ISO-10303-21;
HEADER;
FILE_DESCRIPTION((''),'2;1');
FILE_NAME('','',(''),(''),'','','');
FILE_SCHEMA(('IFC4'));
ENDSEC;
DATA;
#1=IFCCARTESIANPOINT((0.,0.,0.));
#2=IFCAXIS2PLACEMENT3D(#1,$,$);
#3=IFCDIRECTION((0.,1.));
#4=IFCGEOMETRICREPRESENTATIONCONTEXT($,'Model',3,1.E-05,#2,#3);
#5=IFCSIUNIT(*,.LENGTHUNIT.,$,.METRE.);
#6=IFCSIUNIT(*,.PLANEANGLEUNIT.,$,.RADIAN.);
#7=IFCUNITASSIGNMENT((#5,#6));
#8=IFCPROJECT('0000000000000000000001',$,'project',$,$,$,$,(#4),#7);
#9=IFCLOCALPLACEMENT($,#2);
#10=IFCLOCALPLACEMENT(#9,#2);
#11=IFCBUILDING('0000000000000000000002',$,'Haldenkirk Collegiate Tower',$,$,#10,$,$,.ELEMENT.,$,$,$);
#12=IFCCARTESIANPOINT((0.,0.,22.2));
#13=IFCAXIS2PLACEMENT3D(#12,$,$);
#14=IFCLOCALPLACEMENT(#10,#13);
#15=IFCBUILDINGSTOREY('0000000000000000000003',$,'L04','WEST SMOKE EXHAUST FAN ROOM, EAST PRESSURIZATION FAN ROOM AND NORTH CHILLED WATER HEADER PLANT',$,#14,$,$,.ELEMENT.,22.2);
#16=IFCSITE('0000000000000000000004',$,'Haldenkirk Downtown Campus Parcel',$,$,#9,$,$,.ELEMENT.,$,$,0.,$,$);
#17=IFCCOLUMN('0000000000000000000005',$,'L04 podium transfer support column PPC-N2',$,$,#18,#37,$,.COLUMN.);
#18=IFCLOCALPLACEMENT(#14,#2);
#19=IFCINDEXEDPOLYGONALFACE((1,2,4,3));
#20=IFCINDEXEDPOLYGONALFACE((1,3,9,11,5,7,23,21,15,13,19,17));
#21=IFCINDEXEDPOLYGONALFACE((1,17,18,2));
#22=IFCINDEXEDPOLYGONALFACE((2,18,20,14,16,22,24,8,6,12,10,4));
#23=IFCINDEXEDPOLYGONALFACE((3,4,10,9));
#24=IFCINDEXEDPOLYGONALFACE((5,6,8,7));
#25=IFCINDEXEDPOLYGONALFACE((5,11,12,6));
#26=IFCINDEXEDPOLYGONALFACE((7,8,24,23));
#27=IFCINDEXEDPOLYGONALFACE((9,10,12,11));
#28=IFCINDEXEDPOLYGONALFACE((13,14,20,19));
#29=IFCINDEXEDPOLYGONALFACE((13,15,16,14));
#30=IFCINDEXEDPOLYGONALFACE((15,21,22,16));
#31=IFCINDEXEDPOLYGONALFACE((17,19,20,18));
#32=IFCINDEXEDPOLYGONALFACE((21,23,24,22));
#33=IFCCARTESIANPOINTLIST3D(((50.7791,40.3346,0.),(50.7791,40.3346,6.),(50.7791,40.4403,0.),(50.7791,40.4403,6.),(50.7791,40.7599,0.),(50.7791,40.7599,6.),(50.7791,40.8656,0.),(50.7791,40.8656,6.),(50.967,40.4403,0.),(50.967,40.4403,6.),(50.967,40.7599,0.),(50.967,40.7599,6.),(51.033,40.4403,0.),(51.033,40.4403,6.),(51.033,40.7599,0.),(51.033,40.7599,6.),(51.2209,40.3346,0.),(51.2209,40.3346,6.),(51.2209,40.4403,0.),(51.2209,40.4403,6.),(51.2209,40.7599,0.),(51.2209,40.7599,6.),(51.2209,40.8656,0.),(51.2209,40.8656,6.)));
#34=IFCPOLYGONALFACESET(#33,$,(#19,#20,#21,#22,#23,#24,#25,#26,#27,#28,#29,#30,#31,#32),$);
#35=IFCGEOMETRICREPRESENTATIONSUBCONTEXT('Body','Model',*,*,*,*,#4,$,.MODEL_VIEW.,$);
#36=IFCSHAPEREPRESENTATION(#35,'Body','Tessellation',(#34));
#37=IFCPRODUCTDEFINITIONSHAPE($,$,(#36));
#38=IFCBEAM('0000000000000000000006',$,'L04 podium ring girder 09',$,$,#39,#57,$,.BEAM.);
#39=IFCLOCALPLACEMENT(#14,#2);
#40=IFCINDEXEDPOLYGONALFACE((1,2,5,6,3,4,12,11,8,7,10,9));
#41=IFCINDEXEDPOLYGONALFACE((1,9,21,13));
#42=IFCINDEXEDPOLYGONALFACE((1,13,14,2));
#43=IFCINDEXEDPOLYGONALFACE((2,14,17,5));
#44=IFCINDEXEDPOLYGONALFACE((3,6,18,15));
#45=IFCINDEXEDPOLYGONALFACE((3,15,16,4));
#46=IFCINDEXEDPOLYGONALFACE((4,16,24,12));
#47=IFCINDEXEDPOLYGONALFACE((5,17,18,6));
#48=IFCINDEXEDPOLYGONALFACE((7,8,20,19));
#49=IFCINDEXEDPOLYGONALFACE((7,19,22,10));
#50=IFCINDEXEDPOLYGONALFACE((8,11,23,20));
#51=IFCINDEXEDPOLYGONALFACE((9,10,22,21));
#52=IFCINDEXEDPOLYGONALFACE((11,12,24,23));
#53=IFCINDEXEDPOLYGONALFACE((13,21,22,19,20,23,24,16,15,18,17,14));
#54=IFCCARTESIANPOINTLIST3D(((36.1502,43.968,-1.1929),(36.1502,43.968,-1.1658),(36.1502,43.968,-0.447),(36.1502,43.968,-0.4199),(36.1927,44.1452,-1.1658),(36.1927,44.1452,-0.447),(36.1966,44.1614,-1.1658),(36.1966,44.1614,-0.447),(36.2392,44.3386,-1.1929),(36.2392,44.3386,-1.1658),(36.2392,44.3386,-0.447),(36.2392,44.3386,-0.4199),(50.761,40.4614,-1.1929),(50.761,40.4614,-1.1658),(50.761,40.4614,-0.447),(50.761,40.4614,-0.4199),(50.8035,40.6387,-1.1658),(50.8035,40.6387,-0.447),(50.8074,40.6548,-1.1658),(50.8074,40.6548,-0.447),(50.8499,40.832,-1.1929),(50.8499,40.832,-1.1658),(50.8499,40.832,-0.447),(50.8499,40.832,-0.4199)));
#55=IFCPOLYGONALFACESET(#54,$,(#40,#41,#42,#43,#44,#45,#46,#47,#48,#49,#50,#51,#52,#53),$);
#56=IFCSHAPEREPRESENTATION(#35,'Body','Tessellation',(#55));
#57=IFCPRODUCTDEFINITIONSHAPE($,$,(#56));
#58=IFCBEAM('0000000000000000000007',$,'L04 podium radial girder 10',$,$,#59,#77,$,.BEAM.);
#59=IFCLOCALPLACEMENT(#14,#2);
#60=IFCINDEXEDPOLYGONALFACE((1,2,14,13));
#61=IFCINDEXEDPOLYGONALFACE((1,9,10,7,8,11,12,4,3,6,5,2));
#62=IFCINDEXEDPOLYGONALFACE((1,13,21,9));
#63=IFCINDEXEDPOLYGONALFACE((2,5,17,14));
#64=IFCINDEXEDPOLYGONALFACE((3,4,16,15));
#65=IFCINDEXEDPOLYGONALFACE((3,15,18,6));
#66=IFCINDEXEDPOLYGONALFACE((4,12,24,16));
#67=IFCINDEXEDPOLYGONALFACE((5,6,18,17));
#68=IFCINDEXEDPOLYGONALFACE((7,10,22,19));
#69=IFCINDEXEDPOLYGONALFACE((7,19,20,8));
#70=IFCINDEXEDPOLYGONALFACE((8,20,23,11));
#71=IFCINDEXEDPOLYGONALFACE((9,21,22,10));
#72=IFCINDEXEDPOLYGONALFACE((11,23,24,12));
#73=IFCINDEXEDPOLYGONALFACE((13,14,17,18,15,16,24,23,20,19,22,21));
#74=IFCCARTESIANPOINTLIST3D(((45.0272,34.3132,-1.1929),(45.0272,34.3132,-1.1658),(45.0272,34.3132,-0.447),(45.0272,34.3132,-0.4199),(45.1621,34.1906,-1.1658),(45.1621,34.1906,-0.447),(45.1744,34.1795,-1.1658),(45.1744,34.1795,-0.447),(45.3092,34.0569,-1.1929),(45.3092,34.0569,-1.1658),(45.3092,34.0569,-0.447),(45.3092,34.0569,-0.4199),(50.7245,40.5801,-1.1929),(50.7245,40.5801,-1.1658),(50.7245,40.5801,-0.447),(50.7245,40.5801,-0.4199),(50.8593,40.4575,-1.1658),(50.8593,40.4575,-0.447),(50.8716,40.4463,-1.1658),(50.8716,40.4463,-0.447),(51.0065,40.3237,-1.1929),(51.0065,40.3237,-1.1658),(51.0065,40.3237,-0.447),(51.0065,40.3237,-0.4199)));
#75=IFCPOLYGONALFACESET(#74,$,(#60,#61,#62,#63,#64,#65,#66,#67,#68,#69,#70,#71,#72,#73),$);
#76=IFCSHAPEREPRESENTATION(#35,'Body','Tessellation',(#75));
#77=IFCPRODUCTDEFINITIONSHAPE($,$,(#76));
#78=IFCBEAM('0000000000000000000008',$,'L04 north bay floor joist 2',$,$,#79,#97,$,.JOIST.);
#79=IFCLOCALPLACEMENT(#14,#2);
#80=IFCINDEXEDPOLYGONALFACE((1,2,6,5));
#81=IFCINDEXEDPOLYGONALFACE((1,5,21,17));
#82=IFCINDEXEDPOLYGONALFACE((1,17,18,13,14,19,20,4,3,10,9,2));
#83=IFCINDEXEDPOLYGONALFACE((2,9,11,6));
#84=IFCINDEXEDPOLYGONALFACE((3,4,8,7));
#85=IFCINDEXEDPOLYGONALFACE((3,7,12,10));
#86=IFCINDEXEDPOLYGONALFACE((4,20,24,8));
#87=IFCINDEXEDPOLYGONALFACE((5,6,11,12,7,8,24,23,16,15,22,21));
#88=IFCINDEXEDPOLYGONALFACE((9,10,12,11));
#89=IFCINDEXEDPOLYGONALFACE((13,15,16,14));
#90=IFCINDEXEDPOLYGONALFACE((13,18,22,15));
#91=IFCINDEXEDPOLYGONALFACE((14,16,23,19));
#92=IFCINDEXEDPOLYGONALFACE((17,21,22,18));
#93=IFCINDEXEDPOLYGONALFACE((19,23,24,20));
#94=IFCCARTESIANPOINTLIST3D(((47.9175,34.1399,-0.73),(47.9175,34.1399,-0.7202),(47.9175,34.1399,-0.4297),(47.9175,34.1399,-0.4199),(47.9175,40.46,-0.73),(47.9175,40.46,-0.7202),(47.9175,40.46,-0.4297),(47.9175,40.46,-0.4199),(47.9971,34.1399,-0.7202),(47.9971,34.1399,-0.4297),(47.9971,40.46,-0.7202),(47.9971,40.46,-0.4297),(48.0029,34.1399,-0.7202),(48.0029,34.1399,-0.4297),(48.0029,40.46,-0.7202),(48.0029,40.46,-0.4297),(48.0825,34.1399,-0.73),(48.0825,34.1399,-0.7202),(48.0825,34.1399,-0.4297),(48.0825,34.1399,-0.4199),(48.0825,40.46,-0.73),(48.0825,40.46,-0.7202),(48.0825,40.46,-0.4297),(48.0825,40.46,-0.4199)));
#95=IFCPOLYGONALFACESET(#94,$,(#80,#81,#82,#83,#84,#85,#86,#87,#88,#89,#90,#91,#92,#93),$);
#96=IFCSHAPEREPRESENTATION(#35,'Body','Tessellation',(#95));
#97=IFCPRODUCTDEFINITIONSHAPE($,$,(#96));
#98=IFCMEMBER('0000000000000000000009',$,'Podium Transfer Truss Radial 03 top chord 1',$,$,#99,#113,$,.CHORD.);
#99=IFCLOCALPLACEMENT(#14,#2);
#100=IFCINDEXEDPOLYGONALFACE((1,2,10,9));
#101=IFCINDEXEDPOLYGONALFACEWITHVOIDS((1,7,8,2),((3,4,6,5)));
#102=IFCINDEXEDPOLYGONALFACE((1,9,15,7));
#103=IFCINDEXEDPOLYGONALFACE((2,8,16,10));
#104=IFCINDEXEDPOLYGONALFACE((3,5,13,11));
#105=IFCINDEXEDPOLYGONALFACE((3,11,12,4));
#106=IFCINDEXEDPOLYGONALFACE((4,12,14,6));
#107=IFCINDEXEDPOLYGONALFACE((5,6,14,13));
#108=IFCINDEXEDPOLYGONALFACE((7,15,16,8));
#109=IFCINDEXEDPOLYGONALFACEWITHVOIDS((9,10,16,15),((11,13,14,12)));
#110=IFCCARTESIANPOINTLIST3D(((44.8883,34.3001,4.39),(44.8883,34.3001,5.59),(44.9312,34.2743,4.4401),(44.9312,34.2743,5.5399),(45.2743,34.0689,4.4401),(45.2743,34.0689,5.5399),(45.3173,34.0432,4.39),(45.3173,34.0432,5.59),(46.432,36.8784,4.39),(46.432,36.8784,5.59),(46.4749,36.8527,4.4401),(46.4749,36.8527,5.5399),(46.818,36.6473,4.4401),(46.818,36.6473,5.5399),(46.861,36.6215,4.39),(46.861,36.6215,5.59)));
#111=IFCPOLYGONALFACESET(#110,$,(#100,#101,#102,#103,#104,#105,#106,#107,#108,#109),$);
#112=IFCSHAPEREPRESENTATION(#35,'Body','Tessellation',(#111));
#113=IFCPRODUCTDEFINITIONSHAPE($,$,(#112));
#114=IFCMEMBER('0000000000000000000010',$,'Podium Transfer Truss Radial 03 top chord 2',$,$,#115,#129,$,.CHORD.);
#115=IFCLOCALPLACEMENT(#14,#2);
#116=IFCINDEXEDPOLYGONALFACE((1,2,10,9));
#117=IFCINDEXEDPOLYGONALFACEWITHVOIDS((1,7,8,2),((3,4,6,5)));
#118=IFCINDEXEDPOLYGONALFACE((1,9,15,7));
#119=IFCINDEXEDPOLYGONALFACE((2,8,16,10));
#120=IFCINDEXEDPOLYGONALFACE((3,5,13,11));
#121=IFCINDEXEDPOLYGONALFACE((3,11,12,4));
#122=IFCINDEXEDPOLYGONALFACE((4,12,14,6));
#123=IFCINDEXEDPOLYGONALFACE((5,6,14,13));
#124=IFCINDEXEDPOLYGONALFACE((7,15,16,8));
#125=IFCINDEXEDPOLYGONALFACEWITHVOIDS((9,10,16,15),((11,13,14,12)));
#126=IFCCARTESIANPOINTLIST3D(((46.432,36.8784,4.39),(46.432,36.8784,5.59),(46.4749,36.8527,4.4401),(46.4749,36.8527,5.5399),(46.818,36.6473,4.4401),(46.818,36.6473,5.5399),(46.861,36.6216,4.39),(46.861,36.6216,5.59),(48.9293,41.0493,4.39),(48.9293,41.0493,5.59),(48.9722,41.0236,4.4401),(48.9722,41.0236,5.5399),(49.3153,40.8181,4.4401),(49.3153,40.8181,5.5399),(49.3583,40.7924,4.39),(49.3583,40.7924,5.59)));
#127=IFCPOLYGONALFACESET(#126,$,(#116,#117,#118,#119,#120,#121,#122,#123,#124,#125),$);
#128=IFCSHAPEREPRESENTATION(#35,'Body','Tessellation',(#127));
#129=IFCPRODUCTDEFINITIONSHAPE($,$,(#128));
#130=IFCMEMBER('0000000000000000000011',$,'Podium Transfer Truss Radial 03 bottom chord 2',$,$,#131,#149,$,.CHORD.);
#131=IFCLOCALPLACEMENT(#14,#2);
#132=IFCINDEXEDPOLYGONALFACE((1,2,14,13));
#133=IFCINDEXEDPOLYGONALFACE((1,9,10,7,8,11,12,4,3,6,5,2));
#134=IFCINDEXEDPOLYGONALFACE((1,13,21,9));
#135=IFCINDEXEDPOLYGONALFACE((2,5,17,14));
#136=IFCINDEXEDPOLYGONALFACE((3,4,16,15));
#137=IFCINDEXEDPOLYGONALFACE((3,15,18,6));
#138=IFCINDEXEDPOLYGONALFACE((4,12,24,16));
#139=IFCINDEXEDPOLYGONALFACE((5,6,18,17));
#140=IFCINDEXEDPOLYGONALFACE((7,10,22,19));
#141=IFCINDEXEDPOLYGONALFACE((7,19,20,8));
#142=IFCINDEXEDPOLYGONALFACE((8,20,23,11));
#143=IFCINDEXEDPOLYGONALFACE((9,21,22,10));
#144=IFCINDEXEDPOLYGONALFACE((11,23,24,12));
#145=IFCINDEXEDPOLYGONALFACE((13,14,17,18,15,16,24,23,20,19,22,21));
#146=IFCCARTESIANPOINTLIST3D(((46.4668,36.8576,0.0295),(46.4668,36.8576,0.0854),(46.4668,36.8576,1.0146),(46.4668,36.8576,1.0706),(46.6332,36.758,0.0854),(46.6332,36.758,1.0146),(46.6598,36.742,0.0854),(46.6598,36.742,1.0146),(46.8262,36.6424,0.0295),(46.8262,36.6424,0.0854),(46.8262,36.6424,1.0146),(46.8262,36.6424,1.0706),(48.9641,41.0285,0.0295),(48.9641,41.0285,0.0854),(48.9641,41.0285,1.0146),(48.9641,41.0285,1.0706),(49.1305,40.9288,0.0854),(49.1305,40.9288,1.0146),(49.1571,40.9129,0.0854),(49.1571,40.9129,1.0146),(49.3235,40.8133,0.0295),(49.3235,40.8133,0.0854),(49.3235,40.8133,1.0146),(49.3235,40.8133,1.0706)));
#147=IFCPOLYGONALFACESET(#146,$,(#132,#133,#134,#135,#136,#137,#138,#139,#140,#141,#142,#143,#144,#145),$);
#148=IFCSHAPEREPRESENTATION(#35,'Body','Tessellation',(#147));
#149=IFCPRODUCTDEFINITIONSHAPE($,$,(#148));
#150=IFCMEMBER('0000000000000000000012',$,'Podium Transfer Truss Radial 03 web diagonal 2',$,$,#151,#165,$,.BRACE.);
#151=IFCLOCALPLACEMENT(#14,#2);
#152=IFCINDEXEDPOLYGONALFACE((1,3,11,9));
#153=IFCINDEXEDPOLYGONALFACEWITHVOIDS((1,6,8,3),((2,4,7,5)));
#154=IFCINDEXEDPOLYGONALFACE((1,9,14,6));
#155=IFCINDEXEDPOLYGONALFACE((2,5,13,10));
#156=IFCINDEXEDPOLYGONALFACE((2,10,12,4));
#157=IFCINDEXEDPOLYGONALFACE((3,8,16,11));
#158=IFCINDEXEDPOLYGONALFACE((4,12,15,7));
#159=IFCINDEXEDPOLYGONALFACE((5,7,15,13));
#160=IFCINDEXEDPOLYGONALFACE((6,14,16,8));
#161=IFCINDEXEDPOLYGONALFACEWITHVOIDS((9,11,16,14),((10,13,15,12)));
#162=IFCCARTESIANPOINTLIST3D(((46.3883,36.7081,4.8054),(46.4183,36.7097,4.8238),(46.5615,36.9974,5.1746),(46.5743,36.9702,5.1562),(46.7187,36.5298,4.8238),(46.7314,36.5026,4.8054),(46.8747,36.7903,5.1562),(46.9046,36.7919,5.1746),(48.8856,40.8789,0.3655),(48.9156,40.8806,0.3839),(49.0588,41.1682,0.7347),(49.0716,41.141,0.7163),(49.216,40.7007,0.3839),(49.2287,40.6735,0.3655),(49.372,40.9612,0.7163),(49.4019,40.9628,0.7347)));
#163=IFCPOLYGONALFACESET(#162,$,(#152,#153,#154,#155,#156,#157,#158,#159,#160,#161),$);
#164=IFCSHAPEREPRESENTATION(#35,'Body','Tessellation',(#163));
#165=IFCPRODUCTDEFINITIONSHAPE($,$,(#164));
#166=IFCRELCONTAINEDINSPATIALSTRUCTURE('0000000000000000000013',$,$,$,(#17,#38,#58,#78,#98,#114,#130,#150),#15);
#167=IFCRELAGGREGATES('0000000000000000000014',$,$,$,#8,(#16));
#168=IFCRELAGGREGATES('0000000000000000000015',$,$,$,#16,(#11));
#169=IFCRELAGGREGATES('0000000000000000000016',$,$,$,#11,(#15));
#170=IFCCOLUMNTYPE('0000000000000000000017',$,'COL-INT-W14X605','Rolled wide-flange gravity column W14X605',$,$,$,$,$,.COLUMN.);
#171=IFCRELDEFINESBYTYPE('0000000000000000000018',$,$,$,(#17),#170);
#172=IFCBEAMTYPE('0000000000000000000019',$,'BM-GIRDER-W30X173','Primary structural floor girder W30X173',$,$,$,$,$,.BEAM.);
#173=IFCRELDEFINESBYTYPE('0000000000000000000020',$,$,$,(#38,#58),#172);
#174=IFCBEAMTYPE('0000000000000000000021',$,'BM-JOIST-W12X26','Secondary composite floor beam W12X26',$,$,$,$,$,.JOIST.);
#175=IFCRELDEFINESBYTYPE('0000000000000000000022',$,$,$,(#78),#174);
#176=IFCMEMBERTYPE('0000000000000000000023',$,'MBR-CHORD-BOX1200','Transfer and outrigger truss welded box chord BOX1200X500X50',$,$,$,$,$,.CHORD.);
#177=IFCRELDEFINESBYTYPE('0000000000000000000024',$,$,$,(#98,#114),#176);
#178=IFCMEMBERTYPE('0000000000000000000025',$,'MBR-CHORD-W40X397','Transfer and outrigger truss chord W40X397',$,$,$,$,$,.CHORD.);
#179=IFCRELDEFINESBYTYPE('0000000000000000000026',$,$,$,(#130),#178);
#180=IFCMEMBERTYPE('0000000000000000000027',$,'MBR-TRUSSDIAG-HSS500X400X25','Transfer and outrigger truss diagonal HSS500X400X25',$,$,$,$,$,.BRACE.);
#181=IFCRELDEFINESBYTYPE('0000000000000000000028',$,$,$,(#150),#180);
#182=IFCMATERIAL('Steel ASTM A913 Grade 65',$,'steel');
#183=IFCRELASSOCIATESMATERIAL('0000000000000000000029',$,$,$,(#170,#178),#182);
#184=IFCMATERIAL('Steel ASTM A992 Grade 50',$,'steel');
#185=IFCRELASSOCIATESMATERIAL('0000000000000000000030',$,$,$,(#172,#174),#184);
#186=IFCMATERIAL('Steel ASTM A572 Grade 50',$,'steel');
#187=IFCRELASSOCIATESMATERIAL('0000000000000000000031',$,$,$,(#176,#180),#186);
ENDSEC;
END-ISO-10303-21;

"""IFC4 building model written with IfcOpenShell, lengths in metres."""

from ifc_helpers import new_model, si_unit, direction, frame, origin, origin_2d, place, context, subcontext, project, spatial, hollow_rectangle, i_section, extrude, material, material_profile, profile_set, type_object, element, save


model = new_model("IFC4")

# Units and contexts
model_context = context("Model", 3, precision=1e-05, world=origin(), true_north=direction((0.0, 1.0)))
body_context = subcontext(model_context, "Body", "Model", "MODEL_VIEW")
ifc_project = project(units=[si_unit("LENGTHUNIT", "METRE"), si_unit("PLANEANGLEUNIT", "RADIAN")], contexts=[model_context])

# Site, building, storey
site_placement = place(None, origin())
site = spatial("IfcSite", under=ifc_project, at=site_placement, Name="Haldenkirk Downtown Campus Parcel", CompositionType="ELEMENT", RefElevation=0.0)
building_placement = place(site_placement, origin())
building = spatial("IfcBuilding", under=site, at=building_placement, Name="Haldenkirk Collegiate Tower", CompositionType="ELEMENT")
storey_placement = place(building_placement, frame((0.0, 0.0, 22.2)))
storey = spatial("IfcBuildingStorey", under=building, at=storey_placement, Name="L04", Description="WEST SMOKE EXHAUST FAN ROOM, EAST PRESSURIZATION FAN ROOM AND NORTH CHILLED WATER HEADER PLANT", CompositionType="ELEMENT", Elevation=22.2)

# Column
ifc_material_1 = material(Name="Steel ASTM A913 Grade 65", Category="steel")
ifc_material_profile_1 = material_profile(ifc_material_1, i_section(OverallWidth=0.4419, OverallDepth=0.531, WebThickness=0.0659, FlangeThickness=0.1057, at=origin_2d()), Name="W14X605")
ifc_profile_set_1 = profile_set([ifc_material_profile_1], Name="Steel ASTM A913 Grade 65")
column_type = type_object("IfcColumnType", Name="COL-INT-W14X605", Description="Rolled wide-flange gravity column W14X605", PredefinedType="COLUMN", material=ifc_profile_set_1)
column_placement = place(storey_placement, frame((51.0, 40.6001, 0.0), z_axis=(0.0, 0.0, 1.0), x_axis=(1.0, 0.0, 0.0)))
element("IfcColumn", 1, at=column_placement, inside=storey, type_object=column_type, Name="L04 podium transfer support column PPC-N2", PredefinedType="COLUMN", context=body_context, shape_type="SweptSolid", body=[
    extrude(i_section(OverallWidth=0.4419, OverallDepth=0.531, WebThickness=0.0659, FlangeThickness=0.1057, at=origin_2d()), origin(), (0.0, 0.0, 1.0), 6.0),
])

# Beams
ifc_material_2 = material(Name="Steel ASTM A992 Grade 50", Category="steel")
ifc_material_profile_2 = material_profile(ifc_material_2, i_section(OverallWidth=0.3811, OverallDepth=0.7729, WebThickness=0.0166, FlangeThickness=0.0271, at=origin_2d()), Name="W30X173")
ifc_profile_set_2 = profile_set([ifc_material_profile_2], Name="Steel ASTM A992 Grade 50")
beam_type_1 = type_object("IfcBeamType", Name="BM-GIRDER-W30X173", Description="Primary structural floor girder W30X173", PredefinedType="BEAM", material=ifc_profile_set_2)
beam_1_placement = place(storey_placement, frame((50.8054, 40.6467, -0.8064), z_axis=(-0.972387, 0.233372, 0.0), x_axis=(-0.233372, -0.972387, 0.0)))
element("IfcBeam", 2, at=beam_1_placement, inside=storey, type_object=beam_type_1, Name="L04 podium ring girder 09", PredefinedType="BEAM", context=body_context, shape_type="SweptSolid", body=[
    extrude(i_section(OverallWidth=0.3811, OverallDepth=0.7729, WebThickness=0.0166, FlangeThickness=0.0271, at=origin_2d()), origin(), (0.0, 0.0, 1.0), 15.0256),
])
beam_2_placement = place(storey_placement, frame((50.8655, 40.4519, -0.8064), z_axis=(-0.672681, -0.739932, 0.0), x_axis=(0.739932, -0.672681, 0.0)))
element("IfcBeam", 3, at=beam_2_placement, inside=storey, type_object=beam_type_1, Name="L04 podium radial girder 10", PredefinedType="BEAM", context=body_context, shape_type="SweptSolid", body=[
    extrude(i_section(OverallWidth=0.3811, OverallDepth=0.7729, WebThickness=0.0166, FlangeThickness=0.0271, at=origin_2d()), origin(), (0.0, 0.0, 1.0), 8.4695),
])
ifc_material_profile_3 = material_profile(ifc_material_2, i_section(OverallWidth=0.165, OverallDepth=0.3101, WebThickness=0.0059, FlangeThickness=0.0098, at=origin_2d()), Name="W12X26")
ifc_profile_set_3 = profile_set([ifc_material_profile_3], Name="Steel ASTM A992 Grade 50")
beam_type_2 = type_object("IfcBeamType", Name="BM-JOIST-W12X26", Description="Secondary composite floor beam W12X26", PredefinedType="JOIST", material=ifc_profile_set_3)
beam_3_placement = place(storey_placement, frame((48.0, 34.1399, -0.575), z_axis=(0.0, 1.0, 0.0), x_axis=(-1.0, 0.0, 0.0)))
element("IfcBeam", 4, at=beam_3_placement, inside=storey, type_object=beam_type_2, Name="L04 north bay floor joist 2", PredefinedType="JOIST", context=body_context, shape_type="SweptSolid", body=[
    extrude(i_section(OverallWidth=0.165, OverallDepth=0.3101, WebThickness=0.0059, FlangeThickness=0.0098, at=origin_2d()), origin(), (0.0, 0.0, 1.0), 6.3201),
])

# Members
ifc_material_3 = material(Name="Steel ASTM A572 Grade 50", Category="steel")
ifc_material_profile_4 = material_profile(ifc_material_3, hollow_rectangle(XDim=0.5, YDim=1.2, WallThickness=0.05, at=origin_2d()), Name="BOX1200X500X50")
ifc_profile_set_4 = profile_set([ifc_material_profile_4], Name="Steel ASTM A572 Grade 50")
member_type_1 = type_object("IfcMemberType", Name="MBR-CHORD-BOX1200", Description="Transfer and outrigger truss welded box chord BOX1200X500X50", PredefinedType="CHORD", material=ifc_profile_set_4)
member_1_placement = place(storey_placement, frame((45.1028, 34.1716, 4.99), z_axis=(0.513683, 0.85798, 0.0), x_axis=(-0.85798, 0.513683, 0.0)))
element("IfcMember", 5, at=member_1_placement, inside=storey, type_object=member_type_1, Name="Podium Transfer Truss Radial 03 top chord 1", PredefinedType="CHORD", context=body_context, shape_type="SweptSolid", body=[
    extrude(hollow_rectangle(XDim=0.5, YDim=1.2, WallThickness=0.05, at=origin_2d()), origin(), (0.0, 0.0, 1.0), 3.0051),
])
member_2_placement = place(storey_placement, frame((46.6465, 36.75, 4.99), z_axis=(0.513705, 0.857967, 0.0), x_axis=(-0.857967, 0.513705, 0.0)))
element("IfcMember", 6, at=member_2_placement, inside=storey, type_object=member_type_1, Name="Podium Transfer Truss Radial 03 top chord 2", PredefinedType="CHORD", context=body_context, shape_type="SweptSolid", body=[
    extrude(hollow_rectangle(XDim=0.5, YDim=1.2, WallThickness=0.05, at=origin_2d()), origin(), (0.0, 0.0, 1.0), 4.8613),
])
ifc_material_profile_5 = material_profile(ifc_material_1, i_section(OverallWidth=0.4189, OverallDepth=1.041, WebThickness=0.031, FlangeThickness=0.0559, at=origin_2d()), Name="W40X397")
ifc_profile_set_5 = profile_set([ifc_material_profile_5], Name="Steel ASTM A913 Grade 65")
member_type_2 = type_object("IfcMemberType", Name="MBR-CHORD-W40X397", Description="Transfer and outrigger truss chord W40X397", PredefinedType="CHORD", material=ifc_profile_set_5)
member_3_placement = place(storey_placement, frame((46.6465, 36.75, 0.55), z_axis=(0.513705, 0.857967, 0.0), x_axis=(-0.857967, 0.513705, 0.0)))
element("IfcMember", 7, at=member_3_placement, inside=storey, type_object=member_type_2, Name="Podium Transfer Truss Radial 03 bottom chord 2", PredefinedType="CHORD", context=body_context, shape_type="SweptSolid", body=[
    extrude(i_section(OverallWidth=0.4189, OverallDepth=1.041, WebThickness=0.031, FlangeThickness=0.0559, at=origin_2d()), origin(), (0.0, 0.0, 1.0), 4.8613),
])
ifc_material_profile_6 = material_profile(ifc_material_3, hollow_rectangle(XDim=0.3999, YDim=0.5, WallThickness=0.0249, at=origin_2d()), Name="HSS500X400X25")
ifc_profile_set_6 = profile_set([ifc_material_profile_6], Name="Steel ASTM A572 Grade 50")
member_type_3 = type_object("IfcMemberType", Name="MBR-TRUSSDIAG-HSS500X400X25", Description="Transfer and outrigger truss diagonal HSS500X400X25", PredefinedType="BRACE", material=ifc_profile_set_6)
member_4_placement = place(storey_placement, frame((46.6465, 36.75, 4.99), z_axis=(0.379314, 0.633512, -0.674377), x_axis=(-0.857967, 0.513705, 0.0)))
element("IfcMember", 8, at=member_4_placement, inside=storey, type_object=member_type_3, Name="Podium Transfer Truss Radial 03 web diagonal 2", PredefinedType="BRACE", context=body_context, shape_type="SweptSolid", body=[
    extrude(hollow_rectangle(XDim=0.3999, YDim=0.5, WallThickness=0.0249, at=origin_2d()), origin(), (0.0, 0.0, 1.0), 6.5837),
])

save(model, "model.ifc")
